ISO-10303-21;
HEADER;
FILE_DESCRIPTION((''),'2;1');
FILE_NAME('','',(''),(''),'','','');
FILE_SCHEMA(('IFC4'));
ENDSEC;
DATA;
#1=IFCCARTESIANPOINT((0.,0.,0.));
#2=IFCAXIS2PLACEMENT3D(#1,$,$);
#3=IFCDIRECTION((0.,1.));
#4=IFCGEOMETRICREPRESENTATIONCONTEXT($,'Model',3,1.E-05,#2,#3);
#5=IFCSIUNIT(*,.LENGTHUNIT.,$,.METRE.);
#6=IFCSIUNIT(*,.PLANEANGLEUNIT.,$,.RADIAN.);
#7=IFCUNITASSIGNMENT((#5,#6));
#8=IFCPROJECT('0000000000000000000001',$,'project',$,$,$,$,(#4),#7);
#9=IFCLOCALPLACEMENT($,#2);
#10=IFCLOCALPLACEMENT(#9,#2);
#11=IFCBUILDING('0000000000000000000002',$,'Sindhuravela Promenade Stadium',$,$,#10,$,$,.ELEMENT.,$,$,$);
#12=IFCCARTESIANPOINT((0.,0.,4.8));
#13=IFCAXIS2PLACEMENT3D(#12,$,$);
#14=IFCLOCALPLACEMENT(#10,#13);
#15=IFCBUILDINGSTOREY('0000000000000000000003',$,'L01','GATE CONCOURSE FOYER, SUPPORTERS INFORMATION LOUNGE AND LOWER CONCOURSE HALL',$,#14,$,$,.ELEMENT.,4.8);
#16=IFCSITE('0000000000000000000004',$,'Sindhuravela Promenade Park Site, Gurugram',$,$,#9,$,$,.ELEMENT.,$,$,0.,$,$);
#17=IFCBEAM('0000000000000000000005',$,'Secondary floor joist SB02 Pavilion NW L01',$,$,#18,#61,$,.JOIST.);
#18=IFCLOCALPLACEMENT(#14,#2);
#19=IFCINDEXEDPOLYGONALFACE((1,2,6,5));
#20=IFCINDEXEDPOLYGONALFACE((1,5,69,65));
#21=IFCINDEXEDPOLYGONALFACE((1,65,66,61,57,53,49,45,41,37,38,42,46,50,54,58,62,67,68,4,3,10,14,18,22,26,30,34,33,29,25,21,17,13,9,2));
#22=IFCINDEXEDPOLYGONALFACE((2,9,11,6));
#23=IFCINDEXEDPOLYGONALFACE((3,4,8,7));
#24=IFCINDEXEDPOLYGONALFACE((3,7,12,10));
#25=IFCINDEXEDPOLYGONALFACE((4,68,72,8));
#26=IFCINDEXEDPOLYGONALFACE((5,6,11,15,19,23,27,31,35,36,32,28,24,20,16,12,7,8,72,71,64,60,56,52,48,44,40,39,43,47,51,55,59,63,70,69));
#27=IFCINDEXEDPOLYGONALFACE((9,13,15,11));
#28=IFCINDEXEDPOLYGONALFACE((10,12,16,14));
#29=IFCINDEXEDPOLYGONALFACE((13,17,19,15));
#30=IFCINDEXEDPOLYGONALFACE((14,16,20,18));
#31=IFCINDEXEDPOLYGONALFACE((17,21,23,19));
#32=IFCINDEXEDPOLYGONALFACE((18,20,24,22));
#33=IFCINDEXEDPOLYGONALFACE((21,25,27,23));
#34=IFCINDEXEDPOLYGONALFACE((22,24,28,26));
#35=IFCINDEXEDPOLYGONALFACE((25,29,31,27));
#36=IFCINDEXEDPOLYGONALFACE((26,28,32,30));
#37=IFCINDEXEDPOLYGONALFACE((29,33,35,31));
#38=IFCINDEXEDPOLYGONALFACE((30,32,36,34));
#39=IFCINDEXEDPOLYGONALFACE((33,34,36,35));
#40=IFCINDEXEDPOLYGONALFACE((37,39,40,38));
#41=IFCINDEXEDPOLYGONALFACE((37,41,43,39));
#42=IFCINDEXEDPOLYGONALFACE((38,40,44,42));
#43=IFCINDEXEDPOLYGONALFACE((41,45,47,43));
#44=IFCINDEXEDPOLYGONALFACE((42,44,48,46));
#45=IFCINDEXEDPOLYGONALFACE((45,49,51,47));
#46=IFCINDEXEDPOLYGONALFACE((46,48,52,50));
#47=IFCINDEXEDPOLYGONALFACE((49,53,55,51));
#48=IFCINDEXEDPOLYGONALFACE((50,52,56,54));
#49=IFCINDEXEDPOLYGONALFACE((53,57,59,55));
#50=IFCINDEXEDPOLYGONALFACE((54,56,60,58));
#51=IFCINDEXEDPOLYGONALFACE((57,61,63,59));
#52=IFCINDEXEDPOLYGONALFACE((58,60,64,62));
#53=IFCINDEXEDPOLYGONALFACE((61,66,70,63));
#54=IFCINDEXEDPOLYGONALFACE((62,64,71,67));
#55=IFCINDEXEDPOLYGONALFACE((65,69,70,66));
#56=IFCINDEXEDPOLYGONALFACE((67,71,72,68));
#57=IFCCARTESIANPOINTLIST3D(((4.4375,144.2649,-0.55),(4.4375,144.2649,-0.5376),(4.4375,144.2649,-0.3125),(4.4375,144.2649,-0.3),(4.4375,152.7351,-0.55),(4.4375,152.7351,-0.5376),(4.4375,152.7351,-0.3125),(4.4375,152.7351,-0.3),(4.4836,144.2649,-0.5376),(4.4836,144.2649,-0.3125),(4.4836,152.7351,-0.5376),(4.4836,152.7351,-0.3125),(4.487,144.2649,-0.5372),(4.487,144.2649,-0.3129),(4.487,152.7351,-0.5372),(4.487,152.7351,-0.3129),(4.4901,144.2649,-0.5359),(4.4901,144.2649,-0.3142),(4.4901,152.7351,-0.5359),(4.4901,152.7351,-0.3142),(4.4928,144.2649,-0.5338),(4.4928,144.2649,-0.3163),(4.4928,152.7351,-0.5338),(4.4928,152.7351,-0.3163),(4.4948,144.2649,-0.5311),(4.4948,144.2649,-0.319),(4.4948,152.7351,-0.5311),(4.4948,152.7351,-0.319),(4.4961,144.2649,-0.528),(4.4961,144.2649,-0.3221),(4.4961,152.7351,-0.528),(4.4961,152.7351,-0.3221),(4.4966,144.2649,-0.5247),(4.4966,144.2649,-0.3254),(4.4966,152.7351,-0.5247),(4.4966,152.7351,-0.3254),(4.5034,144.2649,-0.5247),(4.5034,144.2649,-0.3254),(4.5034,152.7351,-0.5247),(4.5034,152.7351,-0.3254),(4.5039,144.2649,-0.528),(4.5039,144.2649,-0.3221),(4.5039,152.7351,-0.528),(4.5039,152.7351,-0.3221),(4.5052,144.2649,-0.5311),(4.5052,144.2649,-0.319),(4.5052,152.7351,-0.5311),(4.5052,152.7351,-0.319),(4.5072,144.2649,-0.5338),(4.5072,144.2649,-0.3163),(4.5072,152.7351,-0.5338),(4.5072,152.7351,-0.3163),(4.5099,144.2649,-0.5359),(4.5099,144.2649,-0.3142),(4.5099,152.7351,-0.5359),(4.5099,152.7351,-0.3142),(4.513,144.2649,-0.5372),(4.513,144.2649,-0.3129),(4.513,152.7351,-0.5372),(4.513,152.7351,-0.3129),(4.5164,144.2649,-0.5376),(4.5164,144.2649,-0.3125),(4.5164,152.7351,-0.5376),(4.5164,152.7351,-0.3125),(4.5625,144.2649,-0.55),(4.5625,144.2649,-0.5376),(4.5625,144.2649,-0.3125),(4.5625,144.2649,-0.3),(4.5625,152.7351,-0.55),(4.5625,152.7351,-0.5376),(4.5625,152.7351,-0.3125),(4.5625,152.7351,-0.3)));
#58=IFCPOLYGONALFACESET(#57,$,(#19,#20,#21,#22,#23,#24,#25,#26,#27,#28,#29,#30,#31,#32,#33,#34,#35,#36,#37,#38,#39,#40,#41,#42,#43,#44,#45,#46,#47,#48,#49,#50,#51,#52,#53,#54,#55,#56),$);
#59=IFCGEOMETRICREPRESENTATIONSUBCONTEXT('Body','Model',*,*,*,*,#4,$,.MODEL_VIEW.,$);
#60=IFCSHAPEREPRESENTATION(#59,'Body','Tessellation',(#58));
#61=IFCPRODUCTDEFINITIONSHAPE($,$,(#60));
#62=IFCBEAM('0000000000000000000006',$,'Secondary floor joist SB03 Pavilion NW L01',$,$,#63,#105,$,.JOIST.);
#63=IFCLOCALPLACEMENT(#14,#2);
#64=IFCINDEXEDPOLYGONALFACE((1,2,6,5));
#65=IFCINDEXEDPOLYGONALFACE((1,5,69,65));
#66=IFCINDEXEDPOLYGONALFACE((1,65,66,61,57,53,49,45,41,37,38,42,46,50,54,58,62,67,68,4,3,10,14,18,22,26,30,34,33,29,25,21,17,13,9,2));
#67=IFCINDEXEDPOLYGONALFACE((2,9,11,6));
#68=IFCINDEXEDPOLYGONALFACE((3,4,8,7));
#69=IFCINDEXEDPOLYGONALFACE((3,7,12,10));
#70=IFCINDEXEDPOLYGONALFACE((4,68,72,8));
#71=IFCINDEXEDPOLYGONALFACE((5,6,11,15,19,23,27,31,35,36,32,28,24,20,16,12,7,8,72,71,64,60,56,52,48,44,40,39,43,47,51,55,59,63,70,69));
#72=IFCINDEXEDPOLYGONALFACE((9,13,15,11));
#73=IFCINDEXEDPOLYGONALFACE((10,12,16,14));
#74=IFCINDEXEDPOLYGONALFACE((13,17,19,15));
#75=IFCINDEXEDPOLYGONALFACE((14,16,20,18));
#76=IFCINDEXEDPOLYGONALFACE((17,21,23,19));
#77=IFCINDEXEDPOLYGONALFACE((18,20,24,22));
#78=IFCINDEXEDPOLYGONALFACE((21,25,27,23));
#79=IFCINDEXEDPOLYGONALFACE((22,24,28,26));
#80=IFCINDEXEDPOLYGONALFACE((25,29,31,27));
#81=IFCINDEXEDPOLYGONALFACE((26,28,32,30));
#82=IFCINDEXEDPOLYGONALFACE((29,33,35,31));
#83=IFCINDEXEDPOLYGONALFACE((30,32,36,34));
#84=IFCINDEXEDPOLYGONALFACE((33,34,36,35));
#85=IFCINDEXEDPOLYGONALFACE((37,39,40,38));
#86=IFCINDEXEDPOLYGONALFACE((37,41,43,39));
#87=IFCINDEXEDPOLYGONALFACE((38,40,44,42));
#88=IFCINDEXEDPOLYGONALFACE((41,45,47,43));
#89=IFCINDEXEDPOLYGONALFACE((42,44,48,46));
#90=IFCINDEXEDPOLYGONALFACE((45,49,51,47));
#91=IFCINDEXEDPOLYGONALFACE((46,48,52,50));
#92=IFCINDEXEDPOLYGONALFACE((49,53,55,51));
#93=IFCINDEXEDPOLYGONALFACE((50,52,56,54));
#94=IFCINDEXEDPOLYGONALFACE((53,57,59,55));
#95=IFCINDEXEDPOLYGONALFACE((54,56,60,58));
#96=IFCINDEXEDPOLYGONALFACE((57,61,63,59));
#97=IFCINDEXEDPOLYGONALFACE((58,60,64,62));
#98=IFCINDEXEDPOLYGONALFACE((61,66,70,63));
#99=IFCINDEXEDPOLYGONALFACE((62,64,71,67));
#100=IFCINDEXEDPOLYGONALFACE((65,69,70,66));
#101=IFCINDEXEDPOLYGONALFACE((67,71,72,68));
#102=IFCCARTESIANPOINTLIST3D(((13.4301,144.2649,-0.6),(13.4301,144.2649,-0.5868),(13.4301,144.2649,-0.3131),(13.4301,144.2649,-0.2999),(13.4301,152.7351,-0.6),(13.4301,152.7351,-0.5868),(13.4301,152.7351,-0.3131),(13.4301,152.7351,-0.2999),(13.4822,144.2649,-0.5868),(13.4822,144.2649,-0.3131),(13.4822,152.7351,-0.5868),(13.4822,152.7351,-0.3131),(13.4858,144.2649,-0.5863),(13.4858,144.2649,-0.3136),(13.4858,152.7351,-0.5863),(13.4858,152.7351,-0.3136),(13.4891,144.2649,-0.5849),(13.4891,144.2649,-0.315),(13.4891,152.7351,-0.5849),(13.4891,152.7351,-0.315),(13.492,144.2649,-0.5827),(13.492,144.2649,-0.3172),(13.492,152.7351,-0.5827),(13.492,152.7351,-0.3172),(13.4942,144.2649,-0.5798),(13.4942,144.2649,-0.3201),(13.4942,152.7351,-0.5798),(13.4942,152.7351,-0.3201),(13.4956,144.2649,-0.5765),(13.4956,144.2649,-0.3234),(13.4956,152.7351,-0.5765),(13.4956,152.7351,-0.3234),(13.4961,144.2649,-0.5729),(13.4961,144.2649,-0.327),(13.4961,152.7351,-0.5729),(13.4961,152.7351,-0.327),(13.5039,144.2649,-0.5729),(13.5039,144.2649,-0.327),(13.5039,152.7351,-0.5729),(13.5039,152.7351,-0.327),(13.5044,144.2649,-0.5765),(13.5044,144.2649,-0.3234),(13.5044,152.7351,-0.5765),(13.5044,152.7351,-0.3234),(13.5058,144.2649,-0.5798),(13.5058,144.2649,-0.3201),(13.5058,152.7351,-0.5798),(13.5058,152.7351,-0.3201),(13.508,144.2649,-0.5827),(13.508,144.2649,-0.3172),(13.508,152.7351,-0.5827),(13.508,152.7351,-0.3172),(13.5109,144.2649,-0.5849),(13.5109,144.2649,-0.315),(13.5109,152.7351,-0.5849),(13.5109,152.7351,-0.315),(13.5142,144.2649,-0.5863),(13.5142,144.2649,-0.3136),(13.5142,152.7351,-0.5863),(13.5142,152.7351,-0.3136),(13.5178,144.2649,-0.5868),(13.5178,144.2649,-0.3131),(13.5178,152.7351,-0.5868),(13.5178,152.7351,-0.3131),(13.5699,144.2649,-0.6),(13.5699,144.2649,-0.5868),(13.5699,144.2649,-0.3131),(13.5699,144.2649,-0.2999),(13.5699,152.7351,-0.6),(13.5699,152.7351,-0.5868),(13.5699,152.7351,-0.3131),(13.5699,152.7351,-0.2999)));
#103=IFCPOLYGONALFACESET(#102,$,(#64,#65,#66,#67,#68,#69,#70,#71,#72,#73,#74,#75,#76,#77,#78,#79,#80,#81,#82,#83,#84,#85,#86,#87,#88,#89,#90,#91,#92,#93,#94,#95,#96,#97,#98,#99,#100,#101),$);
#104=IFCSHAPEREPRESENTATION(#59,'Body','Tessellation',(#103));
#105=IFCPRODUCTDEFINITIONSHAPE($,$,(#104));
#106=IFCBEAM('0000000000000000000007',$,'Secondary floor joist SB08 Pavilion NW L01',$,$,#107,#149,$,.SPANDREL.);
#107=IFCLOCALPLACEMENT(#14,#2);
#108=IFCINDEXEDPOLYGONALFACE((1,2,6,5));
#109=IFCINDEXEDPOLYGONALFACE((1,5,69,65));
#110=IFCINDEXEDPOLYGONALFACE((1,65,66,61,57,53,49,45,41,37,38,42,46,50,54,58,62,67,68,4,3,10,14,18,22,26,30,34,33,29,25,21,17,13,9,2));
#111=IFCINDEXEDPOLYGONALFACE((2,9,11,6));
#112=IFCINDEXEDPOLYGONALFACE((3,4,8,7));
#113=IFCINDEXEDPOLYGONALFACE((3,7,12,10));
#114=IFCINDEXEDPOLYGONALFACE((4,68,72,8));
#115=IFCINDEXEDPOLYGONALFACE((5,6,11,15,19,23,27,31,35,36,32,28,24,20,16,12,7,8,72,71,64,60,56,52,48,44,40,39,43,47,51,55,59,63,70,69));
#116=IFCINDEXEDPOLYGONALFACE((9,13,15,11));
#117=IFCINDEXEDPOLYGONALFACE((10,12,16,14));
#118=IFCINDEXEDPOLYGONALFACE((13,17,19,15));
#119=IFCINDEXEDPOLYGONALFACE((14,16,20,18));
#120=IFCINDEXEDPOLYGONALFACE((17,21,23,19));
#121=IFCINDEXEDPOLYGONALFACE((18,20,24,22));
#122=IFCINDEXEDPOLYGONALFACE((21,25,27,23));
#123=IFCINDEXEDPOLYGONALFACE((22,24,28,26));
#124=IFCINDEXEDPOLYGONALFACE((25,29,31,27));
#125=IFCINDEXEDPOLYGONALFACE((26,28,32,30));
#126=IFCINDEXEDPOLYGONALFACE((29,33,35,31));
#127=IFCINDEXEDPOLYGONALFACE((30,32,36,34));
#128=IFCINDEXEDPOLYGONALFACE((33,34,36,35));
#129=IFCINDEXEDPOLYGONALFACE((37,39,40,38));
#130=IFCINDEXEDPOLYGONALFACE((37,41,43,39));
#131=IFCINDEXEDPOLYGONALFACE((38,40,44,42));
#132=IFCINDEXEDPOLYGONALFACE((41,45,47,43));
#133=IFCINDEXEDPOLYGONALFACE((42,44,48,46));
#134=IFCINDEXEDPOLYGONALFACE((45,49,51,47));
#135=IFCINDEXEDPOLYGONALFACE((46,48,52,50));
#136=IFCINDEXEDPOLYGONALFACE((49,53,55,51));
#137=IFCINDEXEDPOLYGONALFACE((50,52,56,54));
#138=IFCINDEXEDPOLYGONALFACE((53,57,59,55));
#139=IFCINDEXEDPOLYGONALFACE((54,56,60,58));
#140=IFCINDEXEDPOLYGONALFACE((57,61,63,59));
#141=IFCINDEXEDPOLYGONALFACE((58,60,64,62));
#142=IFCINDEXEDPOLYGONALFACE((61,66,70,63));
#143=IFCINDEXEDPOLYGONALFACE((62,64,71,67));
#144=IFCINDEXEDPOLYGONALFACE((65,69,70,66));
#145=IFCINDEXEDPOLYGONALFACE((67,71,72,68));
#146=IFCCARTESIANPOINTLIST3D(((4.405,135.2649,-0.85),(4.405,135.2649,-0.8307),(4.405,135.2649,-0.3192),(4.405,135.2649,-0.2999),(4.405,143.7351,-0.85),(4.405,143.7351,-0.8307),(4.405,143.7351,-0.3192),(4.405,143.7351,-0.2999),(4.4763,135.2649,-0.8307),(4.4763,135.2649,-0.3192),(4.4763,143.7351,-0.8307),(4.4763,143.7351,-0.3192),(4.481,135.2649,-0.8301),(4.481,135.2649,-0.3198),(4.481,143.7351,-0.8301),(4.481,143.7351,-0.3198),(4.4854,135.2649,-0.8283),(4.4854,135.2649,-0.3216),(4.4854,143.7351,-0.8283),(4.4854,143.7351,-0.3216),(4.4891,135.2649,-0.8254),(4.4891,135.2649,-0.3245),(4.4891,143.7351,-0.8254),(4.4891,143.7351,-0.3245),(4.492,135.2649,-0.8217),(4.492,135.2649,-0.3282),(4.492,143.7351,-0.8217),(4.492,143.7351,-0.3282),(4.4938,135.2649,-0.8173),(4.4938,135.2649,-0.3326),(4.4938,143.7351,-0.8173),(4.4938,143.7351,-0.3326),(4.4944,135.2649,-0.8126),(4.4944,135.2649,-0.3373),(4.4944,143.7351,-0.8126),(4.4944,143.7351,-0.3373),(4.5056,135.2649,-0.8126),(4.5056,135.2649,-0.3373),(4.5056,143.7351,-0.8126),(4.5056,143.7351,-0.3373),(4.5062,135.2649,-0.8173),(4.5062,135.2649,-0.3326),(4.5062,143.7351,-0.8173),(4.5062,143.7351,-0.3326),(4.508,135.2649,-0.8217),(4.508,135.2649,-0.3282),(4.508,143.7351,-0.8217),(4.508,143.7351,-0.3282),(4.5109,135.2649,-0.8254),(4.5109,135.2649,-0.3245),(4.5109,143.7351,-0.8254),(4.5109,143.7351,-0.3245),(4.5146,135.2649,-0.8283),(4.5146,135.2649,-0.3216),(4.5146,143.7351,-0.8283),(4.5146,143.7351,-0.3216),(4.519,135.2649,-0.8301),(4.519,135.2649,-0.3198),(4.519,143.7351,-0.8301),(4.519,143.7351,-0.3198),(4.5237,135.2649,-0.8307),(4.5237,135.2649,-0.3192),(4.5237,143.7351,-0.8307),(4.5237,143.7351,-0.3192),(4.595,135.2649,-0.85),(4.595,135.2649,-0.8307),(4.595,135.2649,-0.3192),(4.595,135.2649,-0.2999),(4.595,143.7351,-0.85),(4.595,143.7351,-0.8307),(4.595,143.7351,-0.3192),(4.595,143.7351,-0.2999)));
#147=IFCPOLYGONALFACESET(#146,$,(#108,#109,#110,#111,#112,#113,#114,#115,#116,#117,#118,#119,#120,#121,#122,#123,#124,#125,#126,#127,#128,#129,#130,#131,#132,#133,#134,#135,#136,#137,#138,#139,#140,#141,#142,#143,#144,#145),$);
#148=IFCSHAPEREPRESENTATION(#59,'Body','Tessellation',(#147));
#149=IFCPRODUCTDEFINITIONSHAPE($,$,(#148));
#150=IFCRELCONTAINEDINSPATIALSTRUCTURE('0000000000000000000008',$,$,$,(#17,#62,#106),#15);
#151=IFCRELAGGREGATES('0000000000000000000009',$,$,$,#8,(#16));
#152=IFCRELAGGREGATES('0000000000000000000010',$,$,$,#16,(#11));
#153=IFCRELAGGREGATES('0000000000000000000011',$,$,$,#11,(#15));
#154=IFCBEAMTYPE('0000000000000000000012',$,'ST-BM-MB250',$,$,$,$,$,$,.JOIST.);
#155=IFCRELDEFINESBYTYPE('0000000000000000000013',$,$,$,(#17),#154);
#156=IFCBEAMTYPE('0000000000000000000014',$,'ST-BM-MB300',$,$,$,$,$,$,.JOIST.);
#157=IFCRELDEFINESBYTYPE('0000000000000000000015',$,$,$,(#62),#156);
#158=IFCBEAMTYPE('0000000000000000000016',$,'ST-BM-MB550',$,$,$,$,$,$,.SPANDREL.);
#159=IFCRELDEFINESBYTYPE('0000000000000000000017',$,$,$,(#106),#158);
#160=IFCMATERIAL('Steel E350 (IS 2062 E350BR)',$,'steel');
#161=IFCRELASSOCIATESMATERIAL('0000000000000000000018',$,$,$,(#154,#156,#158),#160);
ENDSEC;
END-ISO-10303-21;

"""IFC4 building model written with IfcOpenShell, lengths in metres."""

from ifc_helpers import new_model, si_unit, direction, frame, origin, origin_2d, place, context, subcontext, project, spatial, i_section, extrude, material, material_profile, profile_set, type_object, element, save


model = new_model("IFC4")

# Units and contexts
model_context = context("Model", 3, precision=1e-05, world=origin(), true_north=direction((0.0, 1.0)))
body_context = subcontext(model_context, "Body", "Model", "MODEL_VIEW")
ifc_project = project(units=[si_unit("LENGTHUNIT", "METRE"), si_unit("PLANEANGLEUNIT", "RADIAN")], contexts=[model_context])

# Site, building, storey
site_placement = place(None, origin())
site = spatial("IfcSite", under=ifc_project, at=site_placement, Name="Sindhuravela Promenade Park Site, Gurugram", CompositionType="ELEMENT", RefElevation=0.0)
building_placement = place(site_placement, origin())
building = spatial("IfcBuilding", under=site, at=building_placement, Name="Sindhuravela Promenade Stadium", CompositionType="ELEMENT")
storey_placement = place(building_placement, frame((0.0, 0.0, 4.8)))
storey = spatial("IfcBuildingStorey", under=building, at=storey_placement, Name="L01", Description="GATE CONCOURSE FOYER, SUPPORTERS INFORMATION LOUNGE AND LOWER CONCOURSE HALL", CompositionType="ELEMENT", Elevation=4.8)

# Beams
ifc_material_1 = material(Name="Steel E350 (IS 2062 E350BR)", Category="steel")
ifc_material_profile_1 = material_profile(ifc_material_1, i_section(OverallWidth=0.125, OverallDepth=0.25, WebThickness=0.0068, FlangeThickness=0.0125, FilletRadius=0.0129, at=origin_2d()), Name="ISMB 250")
ifc_profile_set_1 = profile_set([ifc_material_profile_1], Name="Steel E350 (IS 2062 E350BR)")
beam_type_1 = type_object("IfcBeamType", Name="ST-BM-MB250", PredefinedType="JOIST", material=ifc_profile_set_1)
beam_1_placement = place(storey_placement, frame((4.5, 144.2649, -0.425), z_axis=(0.0, 1.0, 0.0), x_axis=(-1.0, 0.0, 0.0)))
element("IfcBeam", 1, at=beam_1_placement, inside=storey, type_object=beam_type_1, Name="Secondary floor joist SB02 Pavilion NW L01", PredefinedType="JOIST", context=body_context, shape_type="SweptSolid", body=[
    extrude(i_section(OverallWidth=0.125, OverallDepth=0.25, WebThickness=0.0068, FlangeThickness=0.0125, FilletRadius=0.0129, at=origin_2d()), origin(), (0.0, 0.0, 1.0), 8.4702),
])
ifc_material_profile_2 = material_profile(ifc_material_1, i_section(OverallWidth=0.1399, OverallDepth=0.3, WebThickness=0.0078, FlangeThickness=0.0132, FilletRadius=0.0139, at=origin_2d()), Name="ISMB 300")
ifc_profile_set_2 = profile_set([ifc_material_profile_2], Name="Steel E350 (IS 2062 E350BR)")
beam_type_2 = type_object("IfcBeamType", Name="ST-BM-MB300", PredefinedType="JOIST", material=ifc_profile_set_2)
beam_2_placement = place(storey_placement, frame((13.5, 144.2649, -0.45), z_axis=(0.0, 1.0, 0.0), x_axis=(-1.0, 0.0, 0.0)))
element("IfcBeam", 2, at=beam_2_placement, inside=storey, type_object=beam_type_2, Name="Secondary floor joist SB03 Pavilion NW L01", PredefinedType="JOIST", context=body_context, shape_type="SweptSolid", body=[
    extrude(i_section(OverallWidth=0.1399, OverallDepth=0.3, WebThickness=0.0078, FlangeThickness=0.0132, FilletRadius=0.0139, at=origin_2d()), origin(), (0.0, 0.0, 1.0), 8.4702),
])
ifc_material_profile_3 = material_profile(ifc_material_1, i_section(OverallWidth=0.1899, OverallDepth=0.55, WebThickness=0.0112, FlangeThickness=0.0193, FilletRadius=0.0181, at=origin_2d()), Name="ISMB 550")
ifc_profile_set_3 = profile_set([ifc_material_profile_3], Name="Steel E350 (IS 2062 E350BR)")
beam_type_3 = type_object("IfcBeamType", Name="ST-BM-MB550", PredefinedType="SPANDREL", material=ifc_profile_set_3)
beam_3_placement = place(storey_placement, frame((4.5, 135.2649, -0.575), z_axis=(0.0, 1.0, 0.0), x_axis=(-1.0, 0.0, 0.0)))
element("IfcBeam", 3, at=beam_3_placement, inside=storey, type_object=beam_type_3, Name="Secondary floor joist SB08 Pavilion NW L01", PredefinedType="SPANDREL", context=body_context, shape_type="SweptSolid", body=[
    extrude(i_section(OverallWidth=0.1899, OverallDepth=0.55, WebThickness=0.0112, FlangeThickness=0.0193, FilletRadius=0.0181, at=origin_2d()), origin(), (0.0, 0.0, 1.0), 8.4702),
])

save(model, "model.ifc")
